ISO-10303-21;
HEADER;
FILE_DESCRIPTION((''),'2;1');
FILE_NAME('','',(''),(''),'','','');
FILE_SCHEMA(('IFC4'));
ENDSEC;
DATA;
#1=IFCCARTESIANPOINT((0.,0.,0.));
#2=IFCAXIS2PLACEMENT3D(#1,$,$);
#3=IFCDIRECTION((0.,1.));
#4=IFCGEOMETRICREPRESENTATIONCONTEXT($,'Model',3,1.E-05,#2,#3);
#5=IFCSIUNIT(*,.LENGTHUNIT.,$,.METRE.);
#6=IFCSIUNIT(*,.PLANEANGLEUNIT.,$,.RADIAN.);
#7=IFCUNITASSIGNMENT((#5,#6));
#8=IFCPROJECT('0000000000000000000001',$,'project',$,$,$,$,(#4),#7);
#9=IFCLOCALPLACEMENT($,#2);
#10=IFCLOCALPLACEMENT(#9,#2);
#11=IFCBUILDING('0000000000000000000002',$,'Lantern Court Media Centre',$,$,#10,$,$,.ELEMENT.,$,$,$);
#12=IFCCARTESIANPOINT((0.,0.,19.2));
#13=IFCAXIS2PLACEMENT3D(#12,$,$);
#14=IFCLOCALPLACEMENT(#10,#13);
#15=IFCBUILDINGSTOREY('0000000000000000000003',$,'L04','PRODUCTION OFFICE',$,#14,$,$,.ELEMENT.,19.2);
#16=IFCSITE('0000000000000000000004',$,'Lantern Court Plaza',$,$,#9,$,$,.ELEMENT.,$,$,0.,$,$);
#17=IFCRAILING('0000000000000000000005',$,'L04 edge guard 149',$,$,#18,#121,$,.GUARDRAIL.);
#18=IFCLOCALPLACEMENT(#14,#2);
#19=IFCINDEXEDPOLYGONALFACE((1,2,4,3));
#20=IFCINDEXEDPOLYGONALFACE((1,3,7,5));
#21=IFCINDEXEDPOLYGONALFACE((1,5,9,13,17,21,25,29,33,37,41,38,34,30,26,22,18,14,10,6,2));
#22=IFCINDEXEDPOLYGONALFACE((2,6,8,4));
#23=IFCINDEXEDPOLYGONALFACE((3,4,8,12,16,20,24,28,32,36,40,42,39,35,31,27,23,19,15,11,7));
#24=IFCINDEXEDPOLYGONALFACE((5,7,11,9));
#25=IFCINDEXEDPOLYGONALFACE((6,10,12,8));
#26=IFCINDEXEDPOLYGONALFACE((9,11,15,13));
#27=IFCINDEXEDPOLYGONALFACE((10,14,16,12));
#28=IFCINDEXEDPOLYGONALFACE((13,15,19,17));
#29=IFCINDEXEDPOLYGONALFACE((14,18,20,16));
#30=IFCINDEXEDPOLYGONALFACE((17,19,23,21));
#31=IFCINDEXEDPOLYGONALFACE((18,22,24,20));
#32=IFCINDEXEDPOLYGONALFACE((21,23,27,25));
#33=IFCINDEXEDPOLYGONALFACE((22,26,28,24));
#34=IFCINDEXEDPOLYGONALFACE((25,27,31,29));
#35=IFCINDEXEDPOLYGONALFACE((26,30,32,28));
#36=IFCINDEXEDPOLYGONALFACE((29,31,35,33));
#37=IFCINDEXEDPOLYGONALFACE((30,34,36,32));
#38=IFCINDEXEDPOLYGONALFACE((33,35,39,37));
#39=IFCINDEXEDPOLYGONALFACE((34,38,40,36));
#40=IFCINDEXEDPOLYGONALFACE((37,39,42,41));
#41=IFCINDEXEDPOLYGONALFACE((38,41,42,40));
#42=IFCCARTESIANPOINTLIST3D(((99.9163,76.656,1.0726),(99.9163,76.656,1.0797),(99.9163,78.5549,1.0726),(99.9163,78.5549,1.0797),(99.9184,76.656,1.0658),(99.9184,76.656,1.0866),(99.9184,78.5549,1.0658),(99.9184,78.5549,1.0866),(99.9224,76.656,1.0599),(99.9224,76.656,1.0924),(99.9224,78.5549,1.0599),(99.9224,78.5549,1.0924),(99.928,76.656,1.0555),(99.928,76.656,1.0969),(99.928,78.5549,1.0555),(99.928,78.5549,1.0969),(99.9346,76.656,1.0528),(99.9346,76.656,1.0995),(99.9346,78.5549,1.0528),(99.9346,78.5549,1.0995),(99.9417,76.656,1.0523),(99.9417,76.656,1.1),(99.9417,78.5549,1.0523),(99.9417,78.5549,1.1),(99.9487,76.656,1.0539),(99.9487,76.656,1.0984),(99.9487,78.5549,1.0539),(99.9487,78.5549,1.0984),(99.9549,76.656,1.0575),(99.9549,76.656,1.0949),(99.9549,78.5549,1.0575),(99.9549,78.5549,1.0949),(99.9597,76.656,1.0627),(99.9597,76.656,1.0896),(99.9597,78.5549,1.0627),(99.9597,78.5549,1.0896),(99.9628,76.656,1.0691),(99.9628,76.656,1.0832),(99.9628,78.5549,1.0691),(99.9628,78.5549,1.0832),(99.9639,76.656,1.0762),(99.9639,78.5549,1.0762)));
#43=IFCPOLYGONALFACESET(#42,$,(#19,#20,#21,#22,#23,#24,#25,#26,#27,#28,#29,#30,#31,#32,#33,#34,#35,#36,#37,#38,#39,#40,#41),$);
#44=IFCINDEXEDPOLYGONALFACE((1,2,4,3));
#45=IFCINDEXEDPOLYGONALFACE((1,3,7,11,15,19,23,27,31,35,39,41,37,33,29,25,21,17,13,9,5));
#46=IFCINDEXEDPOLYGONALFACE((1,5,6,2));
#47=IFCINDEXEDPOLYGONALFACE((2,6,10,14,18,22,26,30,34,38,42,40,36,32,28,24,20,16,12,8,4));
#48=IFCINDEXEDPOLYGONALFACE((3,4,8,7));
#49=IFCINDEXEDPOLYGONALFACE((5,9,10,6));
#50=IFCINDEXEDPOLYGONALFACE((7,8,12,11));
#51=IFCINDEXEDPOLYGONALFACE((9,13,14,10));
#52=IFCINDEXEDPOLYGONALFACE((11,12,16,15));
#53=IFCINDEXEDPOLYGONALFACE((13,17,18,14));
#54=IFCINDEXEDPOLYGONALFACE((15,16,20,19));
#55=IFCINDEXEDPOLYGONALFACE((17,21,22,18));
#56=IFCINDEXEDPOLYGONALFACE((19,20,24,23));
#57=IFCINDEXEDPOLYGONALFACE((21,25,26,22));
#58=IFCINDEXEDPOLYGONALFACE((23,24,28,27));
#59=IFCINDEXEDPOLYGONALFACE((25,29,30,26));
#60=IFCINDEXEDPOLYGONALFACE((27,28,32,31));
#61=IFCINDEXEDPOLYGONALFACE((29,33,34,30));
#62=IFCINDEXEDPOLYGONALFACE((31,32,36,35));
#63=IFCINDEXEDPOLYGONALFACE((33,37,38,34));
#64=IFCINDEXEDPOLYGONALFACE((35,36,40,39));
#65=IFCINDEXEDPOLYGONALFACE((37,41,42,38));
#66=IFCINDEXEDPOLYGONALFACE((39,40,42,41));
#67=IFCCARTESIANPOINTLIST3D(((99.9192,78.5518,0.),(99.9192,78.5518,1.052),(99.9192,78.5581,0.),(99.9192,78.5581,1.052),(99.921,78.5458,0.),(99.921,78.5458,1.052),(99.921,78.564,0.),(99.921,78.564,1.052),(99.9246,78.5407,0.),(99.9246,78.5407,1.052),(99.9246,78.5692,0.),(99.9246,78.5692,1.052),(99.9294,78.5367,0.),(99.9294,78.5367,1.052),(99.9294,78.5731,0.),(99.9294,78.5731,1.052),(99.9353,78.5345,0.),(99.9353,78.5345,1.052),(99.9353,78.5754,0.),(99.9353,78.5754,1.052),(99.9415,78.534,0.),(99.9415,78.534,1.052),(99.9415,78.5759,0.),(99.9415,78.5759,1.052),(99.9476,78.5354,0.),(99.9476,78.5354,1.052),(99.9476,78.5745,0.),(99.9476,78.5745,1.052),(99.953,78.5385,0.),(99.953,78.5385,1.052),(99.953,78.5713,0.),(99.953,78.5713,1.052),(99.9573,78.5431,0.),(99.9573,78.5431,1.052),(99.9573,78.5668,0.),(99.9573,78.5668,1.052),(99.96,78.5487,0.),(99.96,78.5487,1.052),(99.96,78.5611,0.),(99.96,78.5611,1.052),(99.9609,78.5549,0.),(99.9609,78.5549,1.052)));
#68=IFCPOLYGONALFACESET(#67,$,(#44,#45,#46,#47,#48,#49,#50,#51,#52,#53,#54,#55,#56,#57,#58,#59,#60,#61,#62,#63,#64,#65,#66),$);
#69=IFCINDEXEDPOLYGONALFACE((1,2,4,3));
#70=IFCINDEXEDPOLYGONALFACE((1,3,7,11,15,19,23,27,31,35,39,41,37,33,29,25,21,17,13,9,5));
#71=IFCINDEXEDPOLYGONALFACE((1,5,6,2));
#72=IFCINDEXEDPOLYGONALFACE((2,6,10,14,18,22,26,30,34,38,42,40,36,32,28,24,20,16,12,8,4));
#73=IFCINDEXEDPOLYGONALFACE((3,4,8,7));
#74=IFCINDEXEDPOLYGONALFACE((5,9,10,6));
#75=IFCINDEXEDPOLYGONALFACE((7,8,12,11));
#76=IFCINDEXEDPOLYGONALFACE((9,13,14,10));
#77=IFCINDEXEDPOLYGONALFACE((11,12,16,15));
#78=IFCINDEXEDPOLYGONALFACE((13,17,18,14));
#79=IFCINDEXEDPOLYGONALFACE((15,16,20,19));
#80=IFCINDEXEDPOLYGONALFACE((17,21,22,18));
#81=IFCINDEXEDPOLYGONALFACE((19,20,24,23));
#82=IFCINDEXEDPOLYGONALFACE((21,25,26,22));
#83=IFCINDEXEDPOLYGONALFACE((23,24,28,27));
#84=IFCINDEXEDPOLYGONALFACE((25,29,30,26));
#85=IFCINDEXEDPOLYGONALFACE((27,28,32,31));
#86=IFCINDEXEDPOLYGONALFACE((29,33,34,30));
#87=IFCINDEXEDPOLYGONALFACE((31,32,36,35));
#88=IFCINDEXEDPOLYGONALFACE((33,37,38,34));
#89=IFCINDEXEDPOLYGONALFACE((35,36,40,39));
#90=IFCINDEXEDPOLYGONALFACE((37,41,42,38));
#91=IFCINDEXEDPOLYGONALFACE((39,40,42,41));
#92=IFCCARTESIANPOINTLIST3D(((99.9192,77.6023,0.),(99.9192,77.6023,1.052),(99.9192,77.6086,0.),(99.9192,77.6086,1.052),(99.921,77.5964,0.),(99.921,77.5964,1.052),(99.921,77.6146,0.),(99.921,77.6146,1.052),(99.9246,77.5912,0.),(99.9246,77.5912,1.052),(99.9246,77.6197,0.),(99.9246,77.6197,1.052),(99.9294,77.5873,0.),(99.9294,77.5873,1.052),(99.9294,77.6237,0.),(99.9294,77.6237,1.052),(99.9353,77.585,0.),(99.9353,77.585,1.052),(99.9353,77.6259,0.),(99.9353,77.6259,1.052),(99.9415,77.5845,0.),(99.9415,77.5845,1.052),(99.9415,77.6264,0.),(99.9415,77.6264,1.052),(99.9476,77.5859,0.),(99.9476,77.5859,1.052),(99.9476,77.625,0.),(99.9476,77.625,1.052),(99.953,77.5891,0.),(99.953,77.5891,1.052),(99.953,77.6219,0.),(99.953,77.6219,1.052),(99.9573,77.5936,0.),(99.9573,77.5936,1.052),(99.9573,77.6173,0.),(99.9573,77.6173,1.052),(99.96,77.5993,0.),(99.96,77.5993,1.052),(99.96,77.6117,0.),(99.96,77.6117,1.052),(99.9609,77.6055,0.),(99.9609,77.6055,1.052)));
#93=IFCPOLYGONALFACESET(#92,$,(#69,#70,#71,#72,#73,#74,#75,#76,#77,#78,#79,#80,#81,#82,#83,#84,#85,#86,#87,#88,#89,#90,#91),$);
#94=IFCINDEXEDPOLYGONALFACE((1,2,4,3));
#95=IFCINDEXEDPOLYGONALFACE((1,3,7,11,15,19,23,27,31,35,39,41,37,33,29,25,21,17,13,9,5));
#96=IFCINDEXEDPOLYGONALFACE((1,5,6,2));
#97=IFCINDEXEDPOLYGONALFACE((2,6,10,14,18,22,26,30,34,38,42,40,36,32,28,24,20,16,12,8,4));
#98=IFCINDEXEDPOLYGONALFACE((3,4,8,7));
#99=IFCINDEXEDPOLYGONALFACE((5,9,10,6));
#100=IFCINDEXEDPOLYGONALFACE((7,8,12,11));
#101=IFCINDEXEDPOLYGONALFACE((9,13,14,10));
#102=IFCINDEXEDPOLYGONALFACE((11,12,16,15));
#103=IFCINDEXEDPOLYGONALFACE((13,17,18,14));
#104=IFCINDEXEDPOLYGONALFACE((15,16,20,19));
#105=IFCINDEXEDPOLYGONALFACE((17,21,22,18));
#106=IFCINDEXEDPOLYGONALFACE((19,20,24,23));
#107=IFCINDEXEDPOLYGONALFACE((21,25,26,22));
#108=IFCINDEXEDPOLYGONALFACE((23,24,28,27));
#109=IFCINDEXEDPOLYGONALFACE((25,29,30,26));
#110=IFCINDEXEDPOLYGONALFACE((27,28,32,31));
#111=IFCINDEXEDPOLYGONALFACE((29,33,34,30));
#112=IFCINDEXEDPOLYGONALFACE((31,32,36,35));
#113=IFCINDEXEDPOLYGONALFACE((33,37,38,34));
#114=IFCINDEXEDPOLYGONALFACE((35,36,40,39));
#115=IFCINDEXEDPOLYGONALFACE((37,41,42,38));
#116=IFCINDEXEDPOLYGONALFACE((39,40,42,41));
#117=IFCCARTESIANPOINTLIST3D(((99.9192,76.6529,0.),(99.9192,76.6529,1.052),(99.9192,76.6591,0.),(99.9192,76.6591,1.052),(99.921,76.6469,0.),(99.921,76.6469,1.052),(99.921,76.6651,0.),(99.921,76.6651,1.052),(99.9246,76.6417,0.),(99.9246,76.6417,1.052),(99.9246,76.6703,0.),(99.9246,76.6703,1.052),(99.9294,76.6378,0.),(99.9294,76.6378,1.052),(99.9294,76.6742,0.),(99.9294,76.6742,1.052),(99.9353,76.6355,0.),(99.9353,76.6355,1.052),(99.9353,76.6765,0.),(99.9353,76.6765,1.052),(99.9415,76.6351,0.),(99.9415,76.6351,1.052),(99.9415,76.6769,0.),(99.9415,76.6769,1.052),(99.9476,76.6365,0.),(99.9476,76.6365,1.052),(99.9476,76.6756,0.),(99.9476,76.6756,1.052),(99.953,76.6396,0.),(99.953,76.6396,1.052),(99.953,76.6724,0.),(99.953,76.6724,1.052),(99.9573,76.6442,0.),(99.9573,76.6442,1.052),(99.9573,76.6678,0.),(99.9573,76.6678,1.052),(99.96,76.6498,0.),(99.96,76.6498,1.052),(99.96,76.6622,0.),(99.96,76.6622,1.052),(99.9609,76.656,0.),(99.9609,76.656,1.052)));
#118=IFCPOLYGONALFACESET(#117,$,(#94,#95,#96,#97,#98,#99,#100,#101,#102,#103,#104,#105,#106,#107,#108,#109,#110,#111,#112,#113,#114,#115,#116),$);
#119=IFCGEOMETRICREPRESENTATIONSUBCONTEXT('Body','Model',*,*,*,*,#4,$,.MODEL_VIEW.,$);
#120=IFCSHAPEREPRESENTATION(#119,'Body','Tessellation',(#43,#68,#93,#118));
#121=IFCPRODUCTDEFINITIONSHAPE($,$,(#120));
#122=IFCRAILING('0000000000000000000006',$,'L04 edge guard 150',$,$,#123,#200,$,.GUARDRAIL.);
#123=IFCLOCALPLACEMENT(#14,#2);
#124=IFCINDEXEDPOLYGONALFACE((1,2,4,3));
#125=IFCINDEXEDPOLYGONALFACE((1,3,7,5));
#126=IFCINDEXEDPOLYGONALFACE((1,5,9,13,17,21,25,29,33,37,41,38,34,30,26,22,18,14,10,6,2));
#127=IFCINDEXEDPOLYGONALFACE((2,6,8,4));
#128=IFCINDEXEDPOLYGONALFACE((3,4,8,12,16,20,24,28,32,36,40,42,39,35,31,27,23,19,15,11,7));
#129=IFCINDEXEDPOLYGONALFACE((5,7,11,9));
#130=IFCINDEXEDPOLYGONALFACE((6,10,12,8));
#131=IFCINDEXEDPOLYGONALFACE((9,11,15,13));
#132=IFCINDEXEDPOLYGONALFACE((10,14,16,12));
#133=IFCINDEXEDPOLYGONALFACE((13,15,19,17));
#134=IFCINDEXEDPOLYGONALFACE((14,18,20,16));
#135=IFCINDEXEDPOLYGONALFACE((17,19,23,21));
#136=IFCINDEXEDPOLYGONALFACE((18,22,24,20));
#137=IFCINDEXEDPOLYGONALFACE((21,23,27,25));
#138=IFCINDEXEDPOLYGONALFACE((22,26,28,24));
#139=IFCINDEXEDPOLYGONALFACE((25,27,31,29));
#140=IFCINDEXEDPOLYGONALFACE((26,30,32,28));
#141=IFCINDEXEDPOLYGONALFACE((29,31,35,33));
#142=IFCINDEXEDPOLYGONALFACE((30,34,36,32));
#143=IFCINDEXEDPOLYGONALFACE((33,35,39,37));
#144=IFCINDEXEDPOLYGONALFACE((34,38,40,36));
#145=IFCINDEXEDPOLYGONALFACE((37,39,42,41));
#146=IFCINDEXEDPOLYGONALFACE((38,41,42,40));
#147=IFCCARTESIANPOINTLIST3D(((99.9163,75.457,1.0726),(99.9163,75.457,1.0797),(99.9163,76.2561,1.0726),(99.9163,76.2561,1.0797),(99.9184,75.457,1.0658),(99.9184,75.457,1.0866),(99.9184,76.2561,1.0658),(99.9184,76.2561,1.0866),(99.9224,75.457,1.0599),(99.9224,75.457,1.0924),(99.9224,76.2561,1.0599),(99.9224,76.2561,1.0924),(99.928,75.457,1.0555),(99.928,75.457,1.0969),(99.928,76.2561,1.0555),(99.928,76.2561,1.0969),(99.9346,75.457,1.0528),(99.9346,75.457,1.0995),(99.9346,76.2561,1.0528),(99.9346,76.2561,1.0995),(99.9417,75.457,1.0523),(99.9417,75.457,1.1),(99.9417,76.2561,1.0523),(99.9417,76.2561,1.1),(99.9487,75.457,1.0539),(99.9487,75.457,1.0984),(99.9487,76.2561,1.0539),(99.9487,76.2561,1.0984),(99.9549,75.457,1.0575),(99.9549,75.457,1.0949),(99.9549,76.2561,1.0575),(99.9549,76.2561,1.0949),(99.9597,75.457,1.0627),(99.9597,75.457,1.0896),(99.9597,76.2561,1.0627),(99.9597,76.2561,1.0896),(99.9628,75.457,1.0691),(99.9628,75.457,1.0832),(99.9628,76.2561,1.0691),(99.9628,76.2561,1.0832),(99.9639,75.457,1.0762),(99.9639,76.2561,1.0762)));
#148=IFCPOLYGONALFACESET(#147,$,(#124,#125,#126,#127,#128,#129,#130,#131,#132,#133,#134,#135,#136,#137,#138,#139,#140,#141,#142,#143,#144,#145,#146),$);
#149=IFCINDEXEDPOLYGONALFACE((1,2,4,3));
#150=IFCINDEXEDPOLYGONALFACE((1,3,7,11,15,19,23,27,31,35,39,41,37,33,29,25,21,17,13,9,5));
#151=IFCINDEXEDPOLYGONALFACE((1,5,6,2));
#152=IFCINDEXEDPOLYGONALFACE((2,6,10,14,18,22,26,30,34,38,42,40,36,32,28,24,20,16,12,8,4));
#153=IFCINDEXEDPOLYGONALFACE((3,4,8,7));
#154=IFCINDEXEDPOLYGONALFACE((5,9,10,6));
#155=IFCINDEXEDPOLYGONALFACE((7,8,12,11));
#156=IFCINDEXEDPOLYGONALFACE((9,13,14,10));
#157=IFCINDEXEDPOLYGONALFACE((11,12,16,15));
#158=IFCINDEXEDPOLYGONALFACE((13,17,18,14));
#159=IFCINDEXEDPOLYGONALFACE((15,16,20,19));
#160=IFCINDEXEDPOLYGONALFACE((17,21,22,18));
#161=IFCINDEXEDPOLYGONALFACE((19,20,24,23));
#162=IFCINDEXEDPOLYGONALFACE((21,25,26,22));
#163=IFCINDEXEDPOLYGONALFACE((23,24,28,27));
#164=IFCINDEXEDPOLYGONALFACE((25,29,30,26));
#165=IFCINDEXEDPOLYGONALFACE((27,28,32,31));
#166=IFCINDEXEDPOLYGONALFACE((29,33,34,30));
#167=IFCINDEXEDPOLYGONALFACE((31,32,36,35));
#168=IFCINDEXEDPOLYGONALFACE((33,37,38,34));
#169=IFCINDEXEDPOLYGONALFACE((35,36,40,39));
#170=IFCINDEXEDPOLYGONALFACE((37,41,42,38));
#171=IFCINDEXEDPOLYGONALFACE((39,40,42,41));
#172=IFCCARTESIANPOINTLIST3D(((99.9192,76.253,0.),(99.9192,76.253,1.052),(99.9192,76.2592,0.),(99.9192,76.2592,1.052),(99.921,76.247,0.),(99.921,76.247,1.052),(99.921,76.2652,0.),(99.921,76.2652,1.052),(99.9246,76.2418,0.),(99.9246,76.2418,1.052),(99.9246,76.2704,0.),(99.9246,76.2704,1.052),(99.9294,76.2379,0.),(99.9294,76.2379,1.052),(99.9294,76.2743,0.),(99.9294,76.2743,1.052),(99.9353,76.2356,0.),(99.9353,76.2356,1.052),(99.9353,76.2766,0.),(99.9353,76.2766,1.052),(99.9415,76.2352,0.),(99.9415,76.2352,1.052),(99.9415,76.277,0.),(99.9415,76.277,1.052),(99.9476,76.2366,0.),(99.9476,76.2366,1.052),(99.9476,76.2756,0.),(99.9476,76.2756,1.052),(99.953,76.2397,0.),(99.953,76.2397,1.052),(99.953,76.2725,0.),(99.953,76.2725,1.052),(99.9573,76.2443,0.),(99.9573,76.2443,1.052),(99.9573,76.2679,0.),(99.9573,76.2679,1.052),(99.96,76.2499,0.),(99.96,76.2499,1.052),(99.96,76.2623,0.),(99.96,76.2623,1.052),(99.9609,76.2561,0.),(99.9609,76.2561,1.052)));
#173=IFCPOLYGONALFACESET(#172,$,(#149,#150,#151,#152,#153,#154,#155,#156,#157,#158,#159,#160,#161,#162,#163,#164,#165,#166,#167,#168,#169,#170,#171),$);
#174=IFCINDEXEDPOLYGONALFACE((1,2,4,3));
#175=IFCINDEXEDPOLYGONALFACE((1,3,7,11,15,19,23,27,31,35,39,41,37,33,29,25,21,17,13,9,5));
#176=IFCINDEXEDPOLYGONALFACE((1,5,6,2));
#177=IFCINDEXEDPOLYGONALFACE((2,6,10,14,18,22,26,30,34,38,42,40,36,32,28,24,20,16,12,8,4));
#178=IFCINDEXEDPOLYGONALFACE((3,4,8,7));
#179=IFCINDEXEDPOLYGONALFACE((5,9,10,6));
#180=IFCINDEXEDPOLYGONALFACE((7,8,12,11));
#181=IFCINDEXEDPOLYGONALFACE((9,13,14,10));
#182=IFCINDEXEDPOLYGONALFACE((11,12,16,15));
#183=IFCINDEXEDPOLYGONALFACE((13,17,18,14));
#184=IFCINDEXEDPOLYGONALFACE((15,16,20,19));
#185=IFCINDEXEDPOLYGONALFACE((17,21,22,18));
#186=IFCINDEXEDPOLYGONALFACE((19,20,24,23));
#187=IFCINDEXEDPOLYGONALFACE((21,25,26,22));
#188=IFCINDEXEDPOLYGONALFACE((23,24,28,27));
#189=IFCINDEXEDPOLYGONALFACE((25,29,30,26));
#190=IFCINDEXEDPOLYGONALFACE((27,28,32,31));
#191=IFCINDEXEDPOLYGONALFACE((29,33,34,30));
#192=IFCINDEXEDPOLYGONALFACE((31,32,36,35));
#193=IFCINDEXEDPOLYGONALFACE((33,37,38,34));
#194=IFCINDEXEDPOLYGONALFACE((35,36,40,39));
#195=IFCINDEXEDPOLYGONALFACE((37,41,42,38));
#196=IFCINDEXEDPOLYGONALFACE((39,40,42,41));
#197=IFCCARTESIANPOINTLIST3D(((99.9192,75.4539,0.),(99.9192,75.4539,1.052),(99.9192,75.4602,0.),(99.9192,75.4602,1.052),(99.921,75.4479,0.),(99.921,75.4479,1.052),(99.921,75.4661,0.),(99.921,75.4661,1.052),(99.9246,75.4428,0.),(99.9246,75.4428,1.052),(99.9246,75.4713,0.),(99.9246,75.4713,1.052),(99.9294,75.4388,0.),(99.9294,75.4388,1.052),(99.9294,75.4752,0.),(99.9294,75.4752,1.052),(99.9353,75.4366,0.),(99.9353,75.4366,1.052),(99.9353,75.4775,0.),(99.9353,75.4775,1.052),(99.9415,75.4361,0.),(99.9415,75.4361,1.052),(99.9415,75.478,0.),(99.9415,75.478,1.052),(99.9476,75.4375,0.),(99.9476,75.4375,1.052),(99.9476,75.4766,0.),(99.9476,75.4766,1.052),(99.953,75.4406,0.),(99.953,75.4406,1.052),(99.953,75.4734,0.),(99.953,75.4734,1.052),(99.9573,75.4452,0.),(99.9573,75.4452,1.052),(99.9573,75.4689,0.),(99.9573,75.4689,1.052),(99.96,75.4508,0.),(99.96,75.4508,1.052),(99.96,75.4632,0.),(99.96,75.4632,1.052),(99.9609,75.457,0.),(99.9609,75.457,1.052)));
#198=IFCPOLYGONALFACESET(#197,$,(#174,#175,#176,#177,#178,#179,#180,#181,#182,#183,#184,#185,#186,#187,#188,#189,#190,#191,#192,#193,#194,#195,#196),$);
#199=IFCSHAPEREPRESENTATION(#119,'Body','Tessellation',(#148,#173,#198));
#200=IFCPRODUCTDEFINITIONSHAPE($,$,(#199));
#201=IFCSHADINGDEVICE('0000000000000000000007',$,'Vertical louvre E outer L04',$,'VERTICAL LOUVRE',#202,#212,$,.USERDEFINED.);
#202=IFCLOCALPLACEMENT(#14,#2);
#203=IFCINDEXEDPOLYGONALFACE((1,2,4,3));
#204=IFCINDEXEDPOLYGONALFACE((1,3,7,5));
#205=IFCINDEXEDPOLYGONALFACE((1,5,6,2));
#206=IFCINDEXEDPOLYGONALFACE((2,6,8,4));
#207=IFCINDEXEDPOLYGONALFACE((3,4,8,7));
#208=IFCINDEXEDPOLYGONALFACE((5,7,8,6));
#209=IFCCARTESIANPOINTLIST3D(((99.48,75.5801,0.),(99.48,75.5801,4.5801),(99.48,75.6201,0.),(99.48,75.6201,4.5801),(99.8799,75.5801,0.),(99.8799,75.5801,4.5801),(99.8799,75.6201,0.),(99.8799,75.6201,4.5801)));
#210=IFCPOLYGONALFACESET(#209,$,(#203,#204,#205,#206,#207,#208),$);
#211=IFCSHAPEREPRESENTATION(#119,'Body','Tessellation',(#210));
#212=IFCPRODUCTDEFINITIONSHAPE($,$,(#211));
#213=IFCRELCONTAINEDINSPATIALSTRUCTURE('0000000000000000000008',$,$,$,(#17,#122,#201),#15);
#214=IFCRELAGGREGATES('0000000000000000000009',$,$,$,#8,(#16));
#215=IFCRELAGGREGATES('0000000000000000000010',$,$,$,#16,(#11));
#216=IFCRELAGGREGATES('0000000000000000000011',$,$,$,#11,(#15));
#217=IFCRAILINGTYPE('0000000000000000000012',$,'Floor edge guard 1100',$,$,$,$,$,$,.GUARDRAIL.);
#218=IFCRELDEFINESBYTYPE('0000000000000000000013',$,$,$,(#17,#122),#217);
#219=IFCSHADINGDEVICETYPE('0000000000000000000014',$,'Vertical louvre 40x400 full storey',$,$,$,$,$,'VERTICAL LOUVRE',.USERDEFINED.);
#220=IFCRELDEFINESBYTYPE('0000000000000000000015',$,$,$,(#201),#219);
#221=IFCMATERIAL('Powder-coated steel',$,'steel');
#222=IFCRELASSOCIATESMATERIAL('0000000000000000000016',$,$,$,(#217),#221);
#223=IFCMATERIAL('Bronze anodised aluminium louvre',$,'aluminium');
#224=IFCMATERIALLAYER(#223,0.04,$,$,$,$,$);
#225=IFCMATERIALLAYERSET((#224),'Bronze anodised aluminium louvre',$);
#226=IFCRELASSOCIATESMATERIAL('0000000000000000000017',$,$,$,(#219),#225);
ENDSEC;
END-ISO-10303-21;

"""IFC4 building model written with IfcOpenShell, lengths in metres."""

from ifc_helpers import new_model, si_unit, direction, frame, origin, origin_2d, place, context, subcontext, project, spatial, rectangle, circle, extrude, material, layer, layer_set, type_object, element, save


model = new_model("IFC4")

# Units and contexts
model_context = context("Model", 3, precision=1e-05, world=origin(), true_north=direction((0.0, 1.0)))
body_context = subcontext(model_context, "Body", "Model", "MODEL_VIEW")
ifc_project = project(units=[si_unit("LENGTHUNIT", "METRE"), si_unit("PLANEANGLEUNIT", "RADIAN")], contexts=[model_context])

# Site, building, storey
site_placement = place(None, origin())
site = spatial("IfcSite", under=ifc_project, at=site_placement, Name="Lantern Court Plaza", CompositionType="ELEMENT", RefElevation=0.0)
building_placement = place(site_placement, origin())
building = spatial("IfcBuilding", under=site, at=building_placement, Name="Lantern Court Media Centre", CompositionType="ELEMENT")
storey_placement = place(building_placement, frame((0.0, 0.0, 19.2)))
storey = spatial("IfcBuildingStorey", under=building, at=storey_placement, Name="L04", Description="PRODUCTION OFFICE", CompositionType="ELEMENT", Elevation=19.2)

# Railings
ifc_material_1 = material(Name="Powder-coated steel", Category="steel")
railing_type = type_object("IfcRailingType", Name="Floor edge guard 1100", PredefinedType="GUARDRAIL", material=ifc_material_1)
railing_1_placement = place(storey_placement, frame((99.9399, 78.5549, 0.0)))
element("IfcRailing", 1, at=railing_1_placement, inside=storey, type_object=railing_type, Name="L04 edge guard 149", PredefinedType="GUARDRAIL", context=body_context, shape_type="SweptSolid", body=[
    extrude(circle(Radius=0.0239, at=origin_2d()), frame((0.0, 0.0, 1.0762), z_axis=(0.0, -1.0, 0.0), x_axis=(1.0, 0.0, 0.0)), (0.0, 0.0, 1.0), 1.8989),
    extrude(circle(Radius=0.021, at=origin_2d()), origin(), (0.0, 0.0, 1.0), 1.052),
    extrude(circle(Radius=0.021, at=origin_2d()), frame((0.0, -0.9495, 0.0)), (0.0, 0.0, 1.0), 1.052),
    extrude(circle(Radius=0.021, at=origin_2d()), frame((0.0, -1.8989, 0.0)), (0.0, 0.0, 1.0), 1.052),
])
railing_2_placement = place(storey_placement, frame((99.9399, 76.2561, 0.0)))
element("IfcRailing", 2, at=railing_2_placement, inside=storey, type_object=railing_type, Name="L04 edge guard 150", PredefinedType="GUARDRAIL", context=body_context, shape_type="SweptSolid", body=[
    extrude(circle(Radius=0.0239, at=origin_2d()), frame((0.0, 0.0, 1.0762), z_axis=(0.0, -1.0, 0.0), x_axis=(1.0, 0.0, 0.0)), (0.0, 0.0, 1.0), 0.7991),
    extrude(circle(Radius=0.021, at=origin_2d()), origin(), (0.0, 0.0, 1.0), 1.052),
    extrude(circle(Radius=0.021, at=origin_2d()), frame((0.0, -0.7991, 0.0)), (0.0, 0.0, 1.0), 1.052),
])

# Shading device
ifc_material_2 = material(Name="Bronze anodised aluminium louvre", Category="aluminium")
ifc_layer_1 = layer(ifc_material_2, 0.04)
ifc_layer_set_1 = layer_set([ifc_layer_1], Name="Bronze anodised aluminium louvre")
shading_device_type = type_object("IfcShadingDeviceType", Name="Vertical louvre 40x400 full storey", ElementType="VERTICAL LOUVRE", PredefinedType="USERDEFINED", material=ifc_layer_set_1)
for number, where, z_axis, x_axis, name in (
    (3, (99.6799, 75.6001, 0.0), (0.0, 0.0, 1.0), (1.0, 0.0, 0.0), "Vertical louvre E outer L04"),
):
    element("IfcShadingDevice", number, at=place(storey_placement, frame(where, z_axis=z_axis, x_axis=x_axis)), inside=storey, type_object=shading_device_type, Name=name, ObjectType="VERTICAL LOUVRE", PredefinedType="USERDEFINED", context=body_context, shape_type="SweptSolid", body=[
        extrude(rectangle(XDim=0.3999, YDim=0.04, at=origin_2d()), origin(), (0.0, 0.0, 1.0), 4.5801),
    ])

save(model, "model.ifc")
